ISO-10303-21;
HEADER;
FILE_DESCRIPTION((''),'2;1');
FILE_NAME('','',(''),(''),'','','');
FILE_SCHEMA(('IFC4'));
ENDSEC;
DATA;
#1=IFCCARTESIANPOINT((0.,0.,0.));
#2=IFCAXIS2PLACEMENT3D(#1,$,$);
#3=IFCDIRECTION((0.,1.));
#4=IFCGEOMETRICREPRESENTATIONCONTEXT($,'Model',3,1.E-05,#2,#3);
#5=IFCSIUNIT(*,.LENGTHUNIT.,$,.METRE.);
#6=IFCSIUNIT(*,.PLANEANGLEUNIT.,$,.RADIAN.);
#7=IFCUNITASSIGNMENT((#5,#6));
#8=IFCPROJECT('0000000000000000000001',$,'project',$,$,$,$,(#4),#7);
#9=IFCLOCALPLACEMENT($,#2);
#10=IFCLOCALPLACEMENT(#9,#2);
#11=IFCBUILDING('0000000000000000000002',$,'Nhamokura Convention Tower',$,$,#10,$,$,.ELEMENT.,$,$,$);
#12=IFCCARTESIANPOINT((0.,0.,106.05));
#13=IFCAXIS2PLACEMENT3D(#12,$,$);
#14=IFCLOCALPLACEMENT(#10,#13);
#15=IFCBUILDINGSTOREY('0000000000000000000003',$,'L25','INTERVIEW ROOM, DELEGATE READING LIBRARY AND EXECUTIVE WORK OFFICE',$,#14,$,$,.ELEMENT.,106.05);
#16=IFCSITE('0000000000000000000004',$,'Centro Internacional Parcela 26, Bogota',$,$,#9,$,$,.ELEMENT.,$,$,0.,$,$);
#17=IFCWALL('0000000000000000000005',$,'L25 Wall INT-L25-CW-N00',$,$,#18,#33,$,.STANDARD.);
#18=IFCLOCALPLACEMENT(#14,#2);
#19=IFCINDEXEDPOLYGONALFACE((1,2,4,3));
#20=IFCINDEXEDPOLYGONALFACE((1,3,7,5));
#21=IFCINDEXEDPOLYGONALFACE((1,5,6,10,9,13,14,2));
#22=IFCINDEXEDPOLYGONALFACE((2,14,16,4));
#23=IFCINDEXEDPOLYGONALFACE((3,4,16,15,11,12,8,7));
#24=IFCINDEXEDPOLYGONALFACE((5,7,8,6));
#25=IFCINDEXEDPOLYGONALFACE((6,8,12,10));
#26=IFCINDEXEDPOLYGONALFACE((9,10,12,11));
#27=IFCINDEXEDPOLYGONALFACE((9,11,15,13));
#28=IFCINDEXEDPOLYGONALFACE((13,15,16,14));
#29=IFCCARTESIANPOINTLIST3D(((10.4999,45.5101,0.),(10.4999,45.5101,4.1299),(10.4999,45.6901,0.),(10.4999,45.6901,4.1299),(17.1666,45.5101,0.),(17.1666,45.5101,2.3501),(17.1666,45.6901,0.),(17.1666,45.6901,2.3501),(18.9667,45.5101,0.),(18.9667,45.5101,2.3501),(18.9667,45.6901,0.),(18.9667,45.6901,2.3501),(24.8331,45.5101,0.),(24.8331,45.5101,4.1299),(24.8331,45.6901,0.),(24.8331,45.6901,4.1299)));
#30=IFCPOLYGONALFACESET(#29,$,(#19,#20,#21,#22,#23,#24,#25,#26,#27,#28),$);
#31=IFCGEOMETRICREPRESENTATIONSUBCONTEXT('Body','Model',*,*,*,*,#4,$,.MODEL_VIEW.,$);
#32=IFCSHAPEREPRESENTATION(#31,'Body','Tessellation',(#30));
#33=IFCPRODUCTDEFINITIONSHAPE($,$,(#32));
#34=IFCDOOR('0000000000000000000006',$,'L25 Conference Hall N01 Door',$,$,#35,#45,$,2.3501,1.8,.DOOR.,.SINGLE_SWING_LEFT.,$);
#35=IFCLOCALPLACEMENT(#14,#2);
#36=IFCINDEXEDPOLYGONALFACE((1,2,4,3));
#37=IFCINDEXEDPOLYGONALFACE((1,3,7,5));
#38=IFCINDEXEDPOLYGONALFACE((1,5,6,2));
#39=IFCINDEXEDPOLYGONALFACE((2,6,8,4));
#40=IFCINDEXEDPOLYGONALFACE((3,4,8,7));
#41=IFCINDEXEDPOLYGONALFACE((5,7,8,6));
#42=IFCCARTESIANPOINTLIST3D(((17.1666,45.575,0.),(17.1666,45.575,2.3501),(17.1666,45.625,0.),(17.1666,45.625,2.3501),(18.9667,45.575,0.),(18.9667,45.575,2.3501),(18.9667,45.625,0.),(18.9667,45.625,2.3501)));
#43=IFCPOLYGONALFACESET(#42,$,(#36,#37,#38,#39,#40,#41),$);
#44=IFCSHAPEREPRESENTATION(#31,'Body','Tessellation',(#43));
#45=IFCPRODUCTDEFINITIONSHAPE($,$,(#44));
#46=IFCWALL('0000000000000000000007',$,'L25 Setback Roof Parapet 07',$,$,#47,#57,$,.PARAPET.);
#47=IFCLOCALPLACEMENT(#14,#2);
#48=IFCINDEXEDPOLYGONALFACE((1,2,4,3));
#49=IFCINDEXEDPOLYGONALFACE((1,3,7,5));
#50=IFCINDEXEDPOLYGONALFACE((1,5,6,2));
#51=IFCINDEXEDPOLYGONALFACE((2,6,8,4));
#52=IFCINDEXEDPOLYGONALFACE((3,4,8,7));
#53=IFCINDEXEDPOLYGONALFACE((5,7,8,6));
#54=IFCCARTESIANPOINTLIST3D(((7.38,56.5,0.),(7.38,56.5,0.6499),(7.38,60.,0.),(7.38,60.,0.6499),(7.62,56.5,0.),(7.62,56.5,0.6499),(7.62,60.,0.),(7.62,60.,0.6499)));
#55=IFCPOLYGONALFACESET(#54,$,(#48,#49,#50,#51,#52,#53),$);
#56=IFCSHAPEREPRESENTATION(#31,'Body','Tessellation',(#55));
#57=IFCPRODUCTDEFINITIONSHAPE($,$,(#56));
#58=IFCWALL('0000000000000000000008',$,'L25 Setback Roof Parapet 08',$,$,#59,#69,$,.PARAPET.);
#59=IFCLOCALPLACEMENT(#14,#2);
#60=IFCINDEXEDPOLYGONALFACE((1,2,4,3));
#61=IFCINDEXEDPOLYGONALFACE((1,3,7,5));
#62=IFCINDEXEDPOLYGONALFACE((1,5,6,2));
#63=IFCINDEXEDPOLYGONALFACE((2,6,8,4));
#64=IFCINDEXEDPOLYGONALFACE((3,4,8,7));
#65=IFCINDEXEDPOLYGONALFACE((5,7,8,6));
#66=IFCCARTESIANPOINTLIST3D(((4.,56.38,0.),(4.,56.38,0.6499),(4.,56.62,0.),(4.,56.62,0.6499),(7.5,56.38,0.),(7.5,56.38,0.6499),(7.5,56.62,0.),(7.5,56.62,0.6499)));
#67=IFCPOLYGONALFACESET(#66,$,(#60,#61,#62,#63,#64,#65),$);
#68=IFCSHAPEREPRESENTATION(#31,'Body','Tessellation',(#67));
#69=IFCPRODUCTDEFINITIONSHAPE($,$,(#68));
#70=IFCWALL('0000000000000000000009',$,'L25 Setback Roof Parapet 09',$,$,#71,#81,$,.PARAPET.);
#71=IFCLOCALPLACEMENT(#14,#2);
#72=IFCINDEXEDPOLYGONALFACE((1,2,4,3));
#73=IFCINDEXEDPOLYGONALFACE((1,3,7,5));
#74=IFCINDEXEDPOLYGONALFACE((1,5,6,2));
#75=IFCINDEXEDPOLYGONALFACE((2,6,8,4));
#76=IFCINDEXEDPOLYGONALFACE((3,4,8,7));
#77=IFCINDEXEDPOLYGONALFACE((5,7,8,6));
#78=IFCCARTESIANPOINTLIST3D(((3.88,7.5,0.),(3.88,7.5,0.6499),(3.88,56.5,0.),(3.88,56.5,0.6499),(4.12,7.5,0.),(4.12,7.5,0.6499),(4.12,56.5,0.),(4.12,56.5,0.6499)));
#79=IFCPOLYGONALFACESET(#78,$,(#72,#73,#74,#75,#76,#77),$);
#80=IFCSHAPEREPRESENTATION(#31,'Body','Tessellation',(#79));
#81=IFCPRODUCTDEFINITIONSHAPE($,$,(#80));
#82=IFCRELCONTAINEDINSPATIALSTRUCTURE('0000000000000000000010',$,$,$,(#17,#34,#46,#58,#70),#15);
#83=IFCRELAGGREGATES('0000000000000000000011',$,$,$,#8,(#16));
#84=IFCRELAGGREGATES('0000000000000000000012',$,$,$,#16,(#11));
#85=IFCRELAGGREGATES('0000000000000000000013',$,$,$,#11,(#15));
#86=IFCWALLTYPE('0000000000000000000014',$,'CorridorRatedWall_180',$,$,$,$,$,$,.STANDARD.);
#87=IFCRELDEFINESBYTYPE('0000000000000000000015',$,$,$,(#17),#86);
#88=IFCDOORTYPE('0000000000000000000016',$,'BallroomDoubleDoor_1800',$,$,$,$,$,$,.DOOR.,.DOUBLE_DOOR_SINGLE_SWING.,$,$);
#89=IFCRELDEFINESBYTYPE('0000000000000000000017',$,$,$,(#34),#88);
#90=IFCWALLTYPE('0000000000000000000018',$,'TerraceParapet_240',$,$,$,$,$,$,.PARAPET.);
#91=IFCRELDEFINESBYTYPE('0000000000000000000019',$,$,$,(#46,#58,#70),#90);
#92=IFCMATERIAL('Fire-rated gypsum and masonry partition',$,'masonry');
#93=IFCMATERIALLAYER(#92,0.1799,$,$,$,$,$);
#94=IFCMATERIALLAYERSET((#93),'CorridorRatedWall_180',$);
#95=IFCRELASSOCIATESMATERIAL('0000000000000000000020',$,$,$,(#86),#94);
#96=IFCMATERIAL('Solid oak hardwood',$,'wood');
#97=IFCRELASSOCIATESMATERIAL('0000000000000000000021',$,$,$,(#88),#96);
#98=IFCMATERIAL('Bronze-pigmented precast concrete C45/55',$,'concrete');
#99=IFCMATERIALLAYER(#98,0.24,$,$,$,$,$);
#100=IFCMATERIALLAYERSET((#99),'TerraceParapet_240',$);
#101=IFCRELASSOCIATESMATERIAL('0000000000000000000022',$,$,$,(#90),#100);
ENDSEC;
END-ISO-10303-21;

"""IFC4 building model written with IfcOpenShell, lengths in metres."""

from ifc_helpers import new_model, si_unit, direction, frame, frame_2d, origin, place, context, subcontext, project, spatial, rectangle, extrude, material, layer, layer_set, type_object, element, fill, save


model = new_model("IFC4")

# Units and contexts
model_context = context("Model", 3, precision=1e-05, world=origin(), true_north=direction((0.0, 1.0)))
body_context = subcontext(model_context, "Body", "Model", "MODEL_VIEW")
ifc_project = project(units=[si_unit("LENGTHUNIT", "METRE"), si_unit("PLANEANGLEUNIT", "RADIAN")], contexts=[model_context])

# Site, building, storey
site_placement = place(None, origin())
site = spatial("IfcSite", under=ifc_project, at=site_placement, Name="Centro Internacional Parcela 26, Bogota", CompositionType="ELEMENT", RefElevation=0.0)
building_placement = place(site_placement, origin())
building = spatial("IfcBuilding", under=site, at=building_placement, Name="Nhamokura Convention Tower", CompositionType="ELEMENT")
storey_placement = place(building_placement, frame((0.0, 0.0, 106.05)))
storey = spatial("IfcBuildingStorey", under=building, at=storey_placement, Name="L25", Description="INTERVIEW ROOM, DELEGATE READING LIBRARY AND EXECUTIVE WORK OFFICE", CompositionType="ELEMENT", Elevation=106.05)

# Wall, opening, door
ifc_material_1 = material(Name="Fire-rated gypsum and masonry partition", Category="masonry")
ifc_layer_1 = layer(ifc_material_1, 0.1799)
ifc_layer_set_1 = layer_set([ifc_layer_1], Name="CorridorRatedWall_180")
wall_type_1 = type_object("IfcWallType", Name="CorridorRatedWall_180", PredefinedType="STANDARD", material=ifc_layer_set_1)
wall_1_placement = place(storey_placement, frame((10.5, 45.6001, 0.0), z_axis=(0.0, 0.0, 1.0), x_axis=(1.0, 0.0, 0.0)))
wall_1 = element("IfcWall", 1, at=wall_1_placement, inside=storey, type_object=wall_type_1, Name="L25 Wall INT-L25-CW-N00", PredefinedType="STANDARD", context=body_context, shape_type="SweptSolid", body=[
    extrude(rectangle(XDim=14.3333, YDim=0.1799, at=frame_2d((7.1665, 0.0))), origin(), (0.0, 0.0, 1.0), 4.1299),
])
opening_1_placement = place(wall_1_placement, frame((6.6667, 0.0, 0.0)))
opening_1 = element("IfcOpeningElement", 2, at=opening_1_placement, cuts=wall_1, PredefinedType="OPENING", context=body_context, shape_type="SweptSolid", body=[
    extrude(rectangle(XDim=1.8, YDim=2.3501, at=frame_2d((0.8999, 1.175))), frame((0.0, 0.0999, 0.0), z_axis=(0.0, -1.0, 0.0), x_axis=(1.0, 0.0, 0.0)), (0.0, 0.0, 1.0), 0.2),
])
ifc_material_2 = material(Name="Solid oak hardwood", Category="wood")
door_type = type_object("IfcDoorType", Name="BallroomDoubleDoor_1800", OperationType="DOUBLE_DOOR_SINGLE_SWING", PredefinedType="DOOR", material=ifc_material_2)
door_placement = place(opening_1_placement, origin())
door = element("IfcDoor", 3, at=door_placement, inside=storey, type_object=door_type, Name="L25 Conference Hall N01 Door", OperationType="SINGLE_SWING_LEFT", OverallHeight=2.3501, OverallWidth=1.8, PredefinedType="DOOR", context=body_context, shape_type="SweptSolid", body=[
    extrude(rectangle(XDim=1.8, YDim=2.3501, at=frame_2d((0.8999, 1.175))), frame((0.0, 0.0249, 0.0), z_axis=(0.0, -1.0, 0.0), x_axis=(1.0, 0.0, 0.0)), (0.0, 0.0, 1.0), 0.05),
])
fill(opening_1, door)

# Walls
ifc_material_3 = material(Name="Bronze-pigmented precast concrete C45/55", Category="concrete")
ifc_layer_2 = layer(ifc_material_3, 0.24)
ifc_layer_set_2 = layer_set([ifc_layer_2], Name="TerraceParapet_240")
wall_type_2 = type_object("IfcWallType", Name="TerraceParapet_240", PredefinedType="PARAPET", material=ifc_layer_set_2)
for number, where, z_axis, x_axis, name in (
    (4, (7.5, 60.0, 0.0), (0.0, 0.0, 1.0), (0.0, -1.0, 0.0), "L25 Setback Roof Parapet 07"),
    (5, (7.5, 56.5, 0.0), (0.0, 0.0, 1.0), (-1.0, 0.0, 0.0), "L25 Setback Roof Parapet 08"),
):
    element("IfcWall", number, at=place(storey_placement, frame(where, z_axis=z_axis, x_axis=x_axis)), inside=storey, type_object=wall_type_2, Name=name, PredefinedType="PARAPET", context=body_context, shape_type="SweptSolid", body=[
        extrude(rectangle(XDim=3.5, YDim=0.24, at=frame_2d((1.75, 0.0))), origin(), (0.0, 0.0, 1.0), 0.6499),
    ])
wall_2_placement = place(storey_placement, frame((4.0, 56.5, 0.0), z_axis=(0.0, 0.0, 1.0), x_axis=(0.0, -1.0, 0.0)))
element("IfcWall", 6, at=wall_2_placement, inside=storey, type_object=wall_type_2, Name="L25 Setback Roof Parapet 09", PredefinedType="PARAPET", context=body_context, shape_type="SweptSolid", body=[
    extrude(rectangle(XDim=49.0, YDim=0.24, at=frame_2d((24.5, 0.0))), origin(), (0.0, 0.0, 1.0), 0.6499),
])

save(model, "model.ifc")
